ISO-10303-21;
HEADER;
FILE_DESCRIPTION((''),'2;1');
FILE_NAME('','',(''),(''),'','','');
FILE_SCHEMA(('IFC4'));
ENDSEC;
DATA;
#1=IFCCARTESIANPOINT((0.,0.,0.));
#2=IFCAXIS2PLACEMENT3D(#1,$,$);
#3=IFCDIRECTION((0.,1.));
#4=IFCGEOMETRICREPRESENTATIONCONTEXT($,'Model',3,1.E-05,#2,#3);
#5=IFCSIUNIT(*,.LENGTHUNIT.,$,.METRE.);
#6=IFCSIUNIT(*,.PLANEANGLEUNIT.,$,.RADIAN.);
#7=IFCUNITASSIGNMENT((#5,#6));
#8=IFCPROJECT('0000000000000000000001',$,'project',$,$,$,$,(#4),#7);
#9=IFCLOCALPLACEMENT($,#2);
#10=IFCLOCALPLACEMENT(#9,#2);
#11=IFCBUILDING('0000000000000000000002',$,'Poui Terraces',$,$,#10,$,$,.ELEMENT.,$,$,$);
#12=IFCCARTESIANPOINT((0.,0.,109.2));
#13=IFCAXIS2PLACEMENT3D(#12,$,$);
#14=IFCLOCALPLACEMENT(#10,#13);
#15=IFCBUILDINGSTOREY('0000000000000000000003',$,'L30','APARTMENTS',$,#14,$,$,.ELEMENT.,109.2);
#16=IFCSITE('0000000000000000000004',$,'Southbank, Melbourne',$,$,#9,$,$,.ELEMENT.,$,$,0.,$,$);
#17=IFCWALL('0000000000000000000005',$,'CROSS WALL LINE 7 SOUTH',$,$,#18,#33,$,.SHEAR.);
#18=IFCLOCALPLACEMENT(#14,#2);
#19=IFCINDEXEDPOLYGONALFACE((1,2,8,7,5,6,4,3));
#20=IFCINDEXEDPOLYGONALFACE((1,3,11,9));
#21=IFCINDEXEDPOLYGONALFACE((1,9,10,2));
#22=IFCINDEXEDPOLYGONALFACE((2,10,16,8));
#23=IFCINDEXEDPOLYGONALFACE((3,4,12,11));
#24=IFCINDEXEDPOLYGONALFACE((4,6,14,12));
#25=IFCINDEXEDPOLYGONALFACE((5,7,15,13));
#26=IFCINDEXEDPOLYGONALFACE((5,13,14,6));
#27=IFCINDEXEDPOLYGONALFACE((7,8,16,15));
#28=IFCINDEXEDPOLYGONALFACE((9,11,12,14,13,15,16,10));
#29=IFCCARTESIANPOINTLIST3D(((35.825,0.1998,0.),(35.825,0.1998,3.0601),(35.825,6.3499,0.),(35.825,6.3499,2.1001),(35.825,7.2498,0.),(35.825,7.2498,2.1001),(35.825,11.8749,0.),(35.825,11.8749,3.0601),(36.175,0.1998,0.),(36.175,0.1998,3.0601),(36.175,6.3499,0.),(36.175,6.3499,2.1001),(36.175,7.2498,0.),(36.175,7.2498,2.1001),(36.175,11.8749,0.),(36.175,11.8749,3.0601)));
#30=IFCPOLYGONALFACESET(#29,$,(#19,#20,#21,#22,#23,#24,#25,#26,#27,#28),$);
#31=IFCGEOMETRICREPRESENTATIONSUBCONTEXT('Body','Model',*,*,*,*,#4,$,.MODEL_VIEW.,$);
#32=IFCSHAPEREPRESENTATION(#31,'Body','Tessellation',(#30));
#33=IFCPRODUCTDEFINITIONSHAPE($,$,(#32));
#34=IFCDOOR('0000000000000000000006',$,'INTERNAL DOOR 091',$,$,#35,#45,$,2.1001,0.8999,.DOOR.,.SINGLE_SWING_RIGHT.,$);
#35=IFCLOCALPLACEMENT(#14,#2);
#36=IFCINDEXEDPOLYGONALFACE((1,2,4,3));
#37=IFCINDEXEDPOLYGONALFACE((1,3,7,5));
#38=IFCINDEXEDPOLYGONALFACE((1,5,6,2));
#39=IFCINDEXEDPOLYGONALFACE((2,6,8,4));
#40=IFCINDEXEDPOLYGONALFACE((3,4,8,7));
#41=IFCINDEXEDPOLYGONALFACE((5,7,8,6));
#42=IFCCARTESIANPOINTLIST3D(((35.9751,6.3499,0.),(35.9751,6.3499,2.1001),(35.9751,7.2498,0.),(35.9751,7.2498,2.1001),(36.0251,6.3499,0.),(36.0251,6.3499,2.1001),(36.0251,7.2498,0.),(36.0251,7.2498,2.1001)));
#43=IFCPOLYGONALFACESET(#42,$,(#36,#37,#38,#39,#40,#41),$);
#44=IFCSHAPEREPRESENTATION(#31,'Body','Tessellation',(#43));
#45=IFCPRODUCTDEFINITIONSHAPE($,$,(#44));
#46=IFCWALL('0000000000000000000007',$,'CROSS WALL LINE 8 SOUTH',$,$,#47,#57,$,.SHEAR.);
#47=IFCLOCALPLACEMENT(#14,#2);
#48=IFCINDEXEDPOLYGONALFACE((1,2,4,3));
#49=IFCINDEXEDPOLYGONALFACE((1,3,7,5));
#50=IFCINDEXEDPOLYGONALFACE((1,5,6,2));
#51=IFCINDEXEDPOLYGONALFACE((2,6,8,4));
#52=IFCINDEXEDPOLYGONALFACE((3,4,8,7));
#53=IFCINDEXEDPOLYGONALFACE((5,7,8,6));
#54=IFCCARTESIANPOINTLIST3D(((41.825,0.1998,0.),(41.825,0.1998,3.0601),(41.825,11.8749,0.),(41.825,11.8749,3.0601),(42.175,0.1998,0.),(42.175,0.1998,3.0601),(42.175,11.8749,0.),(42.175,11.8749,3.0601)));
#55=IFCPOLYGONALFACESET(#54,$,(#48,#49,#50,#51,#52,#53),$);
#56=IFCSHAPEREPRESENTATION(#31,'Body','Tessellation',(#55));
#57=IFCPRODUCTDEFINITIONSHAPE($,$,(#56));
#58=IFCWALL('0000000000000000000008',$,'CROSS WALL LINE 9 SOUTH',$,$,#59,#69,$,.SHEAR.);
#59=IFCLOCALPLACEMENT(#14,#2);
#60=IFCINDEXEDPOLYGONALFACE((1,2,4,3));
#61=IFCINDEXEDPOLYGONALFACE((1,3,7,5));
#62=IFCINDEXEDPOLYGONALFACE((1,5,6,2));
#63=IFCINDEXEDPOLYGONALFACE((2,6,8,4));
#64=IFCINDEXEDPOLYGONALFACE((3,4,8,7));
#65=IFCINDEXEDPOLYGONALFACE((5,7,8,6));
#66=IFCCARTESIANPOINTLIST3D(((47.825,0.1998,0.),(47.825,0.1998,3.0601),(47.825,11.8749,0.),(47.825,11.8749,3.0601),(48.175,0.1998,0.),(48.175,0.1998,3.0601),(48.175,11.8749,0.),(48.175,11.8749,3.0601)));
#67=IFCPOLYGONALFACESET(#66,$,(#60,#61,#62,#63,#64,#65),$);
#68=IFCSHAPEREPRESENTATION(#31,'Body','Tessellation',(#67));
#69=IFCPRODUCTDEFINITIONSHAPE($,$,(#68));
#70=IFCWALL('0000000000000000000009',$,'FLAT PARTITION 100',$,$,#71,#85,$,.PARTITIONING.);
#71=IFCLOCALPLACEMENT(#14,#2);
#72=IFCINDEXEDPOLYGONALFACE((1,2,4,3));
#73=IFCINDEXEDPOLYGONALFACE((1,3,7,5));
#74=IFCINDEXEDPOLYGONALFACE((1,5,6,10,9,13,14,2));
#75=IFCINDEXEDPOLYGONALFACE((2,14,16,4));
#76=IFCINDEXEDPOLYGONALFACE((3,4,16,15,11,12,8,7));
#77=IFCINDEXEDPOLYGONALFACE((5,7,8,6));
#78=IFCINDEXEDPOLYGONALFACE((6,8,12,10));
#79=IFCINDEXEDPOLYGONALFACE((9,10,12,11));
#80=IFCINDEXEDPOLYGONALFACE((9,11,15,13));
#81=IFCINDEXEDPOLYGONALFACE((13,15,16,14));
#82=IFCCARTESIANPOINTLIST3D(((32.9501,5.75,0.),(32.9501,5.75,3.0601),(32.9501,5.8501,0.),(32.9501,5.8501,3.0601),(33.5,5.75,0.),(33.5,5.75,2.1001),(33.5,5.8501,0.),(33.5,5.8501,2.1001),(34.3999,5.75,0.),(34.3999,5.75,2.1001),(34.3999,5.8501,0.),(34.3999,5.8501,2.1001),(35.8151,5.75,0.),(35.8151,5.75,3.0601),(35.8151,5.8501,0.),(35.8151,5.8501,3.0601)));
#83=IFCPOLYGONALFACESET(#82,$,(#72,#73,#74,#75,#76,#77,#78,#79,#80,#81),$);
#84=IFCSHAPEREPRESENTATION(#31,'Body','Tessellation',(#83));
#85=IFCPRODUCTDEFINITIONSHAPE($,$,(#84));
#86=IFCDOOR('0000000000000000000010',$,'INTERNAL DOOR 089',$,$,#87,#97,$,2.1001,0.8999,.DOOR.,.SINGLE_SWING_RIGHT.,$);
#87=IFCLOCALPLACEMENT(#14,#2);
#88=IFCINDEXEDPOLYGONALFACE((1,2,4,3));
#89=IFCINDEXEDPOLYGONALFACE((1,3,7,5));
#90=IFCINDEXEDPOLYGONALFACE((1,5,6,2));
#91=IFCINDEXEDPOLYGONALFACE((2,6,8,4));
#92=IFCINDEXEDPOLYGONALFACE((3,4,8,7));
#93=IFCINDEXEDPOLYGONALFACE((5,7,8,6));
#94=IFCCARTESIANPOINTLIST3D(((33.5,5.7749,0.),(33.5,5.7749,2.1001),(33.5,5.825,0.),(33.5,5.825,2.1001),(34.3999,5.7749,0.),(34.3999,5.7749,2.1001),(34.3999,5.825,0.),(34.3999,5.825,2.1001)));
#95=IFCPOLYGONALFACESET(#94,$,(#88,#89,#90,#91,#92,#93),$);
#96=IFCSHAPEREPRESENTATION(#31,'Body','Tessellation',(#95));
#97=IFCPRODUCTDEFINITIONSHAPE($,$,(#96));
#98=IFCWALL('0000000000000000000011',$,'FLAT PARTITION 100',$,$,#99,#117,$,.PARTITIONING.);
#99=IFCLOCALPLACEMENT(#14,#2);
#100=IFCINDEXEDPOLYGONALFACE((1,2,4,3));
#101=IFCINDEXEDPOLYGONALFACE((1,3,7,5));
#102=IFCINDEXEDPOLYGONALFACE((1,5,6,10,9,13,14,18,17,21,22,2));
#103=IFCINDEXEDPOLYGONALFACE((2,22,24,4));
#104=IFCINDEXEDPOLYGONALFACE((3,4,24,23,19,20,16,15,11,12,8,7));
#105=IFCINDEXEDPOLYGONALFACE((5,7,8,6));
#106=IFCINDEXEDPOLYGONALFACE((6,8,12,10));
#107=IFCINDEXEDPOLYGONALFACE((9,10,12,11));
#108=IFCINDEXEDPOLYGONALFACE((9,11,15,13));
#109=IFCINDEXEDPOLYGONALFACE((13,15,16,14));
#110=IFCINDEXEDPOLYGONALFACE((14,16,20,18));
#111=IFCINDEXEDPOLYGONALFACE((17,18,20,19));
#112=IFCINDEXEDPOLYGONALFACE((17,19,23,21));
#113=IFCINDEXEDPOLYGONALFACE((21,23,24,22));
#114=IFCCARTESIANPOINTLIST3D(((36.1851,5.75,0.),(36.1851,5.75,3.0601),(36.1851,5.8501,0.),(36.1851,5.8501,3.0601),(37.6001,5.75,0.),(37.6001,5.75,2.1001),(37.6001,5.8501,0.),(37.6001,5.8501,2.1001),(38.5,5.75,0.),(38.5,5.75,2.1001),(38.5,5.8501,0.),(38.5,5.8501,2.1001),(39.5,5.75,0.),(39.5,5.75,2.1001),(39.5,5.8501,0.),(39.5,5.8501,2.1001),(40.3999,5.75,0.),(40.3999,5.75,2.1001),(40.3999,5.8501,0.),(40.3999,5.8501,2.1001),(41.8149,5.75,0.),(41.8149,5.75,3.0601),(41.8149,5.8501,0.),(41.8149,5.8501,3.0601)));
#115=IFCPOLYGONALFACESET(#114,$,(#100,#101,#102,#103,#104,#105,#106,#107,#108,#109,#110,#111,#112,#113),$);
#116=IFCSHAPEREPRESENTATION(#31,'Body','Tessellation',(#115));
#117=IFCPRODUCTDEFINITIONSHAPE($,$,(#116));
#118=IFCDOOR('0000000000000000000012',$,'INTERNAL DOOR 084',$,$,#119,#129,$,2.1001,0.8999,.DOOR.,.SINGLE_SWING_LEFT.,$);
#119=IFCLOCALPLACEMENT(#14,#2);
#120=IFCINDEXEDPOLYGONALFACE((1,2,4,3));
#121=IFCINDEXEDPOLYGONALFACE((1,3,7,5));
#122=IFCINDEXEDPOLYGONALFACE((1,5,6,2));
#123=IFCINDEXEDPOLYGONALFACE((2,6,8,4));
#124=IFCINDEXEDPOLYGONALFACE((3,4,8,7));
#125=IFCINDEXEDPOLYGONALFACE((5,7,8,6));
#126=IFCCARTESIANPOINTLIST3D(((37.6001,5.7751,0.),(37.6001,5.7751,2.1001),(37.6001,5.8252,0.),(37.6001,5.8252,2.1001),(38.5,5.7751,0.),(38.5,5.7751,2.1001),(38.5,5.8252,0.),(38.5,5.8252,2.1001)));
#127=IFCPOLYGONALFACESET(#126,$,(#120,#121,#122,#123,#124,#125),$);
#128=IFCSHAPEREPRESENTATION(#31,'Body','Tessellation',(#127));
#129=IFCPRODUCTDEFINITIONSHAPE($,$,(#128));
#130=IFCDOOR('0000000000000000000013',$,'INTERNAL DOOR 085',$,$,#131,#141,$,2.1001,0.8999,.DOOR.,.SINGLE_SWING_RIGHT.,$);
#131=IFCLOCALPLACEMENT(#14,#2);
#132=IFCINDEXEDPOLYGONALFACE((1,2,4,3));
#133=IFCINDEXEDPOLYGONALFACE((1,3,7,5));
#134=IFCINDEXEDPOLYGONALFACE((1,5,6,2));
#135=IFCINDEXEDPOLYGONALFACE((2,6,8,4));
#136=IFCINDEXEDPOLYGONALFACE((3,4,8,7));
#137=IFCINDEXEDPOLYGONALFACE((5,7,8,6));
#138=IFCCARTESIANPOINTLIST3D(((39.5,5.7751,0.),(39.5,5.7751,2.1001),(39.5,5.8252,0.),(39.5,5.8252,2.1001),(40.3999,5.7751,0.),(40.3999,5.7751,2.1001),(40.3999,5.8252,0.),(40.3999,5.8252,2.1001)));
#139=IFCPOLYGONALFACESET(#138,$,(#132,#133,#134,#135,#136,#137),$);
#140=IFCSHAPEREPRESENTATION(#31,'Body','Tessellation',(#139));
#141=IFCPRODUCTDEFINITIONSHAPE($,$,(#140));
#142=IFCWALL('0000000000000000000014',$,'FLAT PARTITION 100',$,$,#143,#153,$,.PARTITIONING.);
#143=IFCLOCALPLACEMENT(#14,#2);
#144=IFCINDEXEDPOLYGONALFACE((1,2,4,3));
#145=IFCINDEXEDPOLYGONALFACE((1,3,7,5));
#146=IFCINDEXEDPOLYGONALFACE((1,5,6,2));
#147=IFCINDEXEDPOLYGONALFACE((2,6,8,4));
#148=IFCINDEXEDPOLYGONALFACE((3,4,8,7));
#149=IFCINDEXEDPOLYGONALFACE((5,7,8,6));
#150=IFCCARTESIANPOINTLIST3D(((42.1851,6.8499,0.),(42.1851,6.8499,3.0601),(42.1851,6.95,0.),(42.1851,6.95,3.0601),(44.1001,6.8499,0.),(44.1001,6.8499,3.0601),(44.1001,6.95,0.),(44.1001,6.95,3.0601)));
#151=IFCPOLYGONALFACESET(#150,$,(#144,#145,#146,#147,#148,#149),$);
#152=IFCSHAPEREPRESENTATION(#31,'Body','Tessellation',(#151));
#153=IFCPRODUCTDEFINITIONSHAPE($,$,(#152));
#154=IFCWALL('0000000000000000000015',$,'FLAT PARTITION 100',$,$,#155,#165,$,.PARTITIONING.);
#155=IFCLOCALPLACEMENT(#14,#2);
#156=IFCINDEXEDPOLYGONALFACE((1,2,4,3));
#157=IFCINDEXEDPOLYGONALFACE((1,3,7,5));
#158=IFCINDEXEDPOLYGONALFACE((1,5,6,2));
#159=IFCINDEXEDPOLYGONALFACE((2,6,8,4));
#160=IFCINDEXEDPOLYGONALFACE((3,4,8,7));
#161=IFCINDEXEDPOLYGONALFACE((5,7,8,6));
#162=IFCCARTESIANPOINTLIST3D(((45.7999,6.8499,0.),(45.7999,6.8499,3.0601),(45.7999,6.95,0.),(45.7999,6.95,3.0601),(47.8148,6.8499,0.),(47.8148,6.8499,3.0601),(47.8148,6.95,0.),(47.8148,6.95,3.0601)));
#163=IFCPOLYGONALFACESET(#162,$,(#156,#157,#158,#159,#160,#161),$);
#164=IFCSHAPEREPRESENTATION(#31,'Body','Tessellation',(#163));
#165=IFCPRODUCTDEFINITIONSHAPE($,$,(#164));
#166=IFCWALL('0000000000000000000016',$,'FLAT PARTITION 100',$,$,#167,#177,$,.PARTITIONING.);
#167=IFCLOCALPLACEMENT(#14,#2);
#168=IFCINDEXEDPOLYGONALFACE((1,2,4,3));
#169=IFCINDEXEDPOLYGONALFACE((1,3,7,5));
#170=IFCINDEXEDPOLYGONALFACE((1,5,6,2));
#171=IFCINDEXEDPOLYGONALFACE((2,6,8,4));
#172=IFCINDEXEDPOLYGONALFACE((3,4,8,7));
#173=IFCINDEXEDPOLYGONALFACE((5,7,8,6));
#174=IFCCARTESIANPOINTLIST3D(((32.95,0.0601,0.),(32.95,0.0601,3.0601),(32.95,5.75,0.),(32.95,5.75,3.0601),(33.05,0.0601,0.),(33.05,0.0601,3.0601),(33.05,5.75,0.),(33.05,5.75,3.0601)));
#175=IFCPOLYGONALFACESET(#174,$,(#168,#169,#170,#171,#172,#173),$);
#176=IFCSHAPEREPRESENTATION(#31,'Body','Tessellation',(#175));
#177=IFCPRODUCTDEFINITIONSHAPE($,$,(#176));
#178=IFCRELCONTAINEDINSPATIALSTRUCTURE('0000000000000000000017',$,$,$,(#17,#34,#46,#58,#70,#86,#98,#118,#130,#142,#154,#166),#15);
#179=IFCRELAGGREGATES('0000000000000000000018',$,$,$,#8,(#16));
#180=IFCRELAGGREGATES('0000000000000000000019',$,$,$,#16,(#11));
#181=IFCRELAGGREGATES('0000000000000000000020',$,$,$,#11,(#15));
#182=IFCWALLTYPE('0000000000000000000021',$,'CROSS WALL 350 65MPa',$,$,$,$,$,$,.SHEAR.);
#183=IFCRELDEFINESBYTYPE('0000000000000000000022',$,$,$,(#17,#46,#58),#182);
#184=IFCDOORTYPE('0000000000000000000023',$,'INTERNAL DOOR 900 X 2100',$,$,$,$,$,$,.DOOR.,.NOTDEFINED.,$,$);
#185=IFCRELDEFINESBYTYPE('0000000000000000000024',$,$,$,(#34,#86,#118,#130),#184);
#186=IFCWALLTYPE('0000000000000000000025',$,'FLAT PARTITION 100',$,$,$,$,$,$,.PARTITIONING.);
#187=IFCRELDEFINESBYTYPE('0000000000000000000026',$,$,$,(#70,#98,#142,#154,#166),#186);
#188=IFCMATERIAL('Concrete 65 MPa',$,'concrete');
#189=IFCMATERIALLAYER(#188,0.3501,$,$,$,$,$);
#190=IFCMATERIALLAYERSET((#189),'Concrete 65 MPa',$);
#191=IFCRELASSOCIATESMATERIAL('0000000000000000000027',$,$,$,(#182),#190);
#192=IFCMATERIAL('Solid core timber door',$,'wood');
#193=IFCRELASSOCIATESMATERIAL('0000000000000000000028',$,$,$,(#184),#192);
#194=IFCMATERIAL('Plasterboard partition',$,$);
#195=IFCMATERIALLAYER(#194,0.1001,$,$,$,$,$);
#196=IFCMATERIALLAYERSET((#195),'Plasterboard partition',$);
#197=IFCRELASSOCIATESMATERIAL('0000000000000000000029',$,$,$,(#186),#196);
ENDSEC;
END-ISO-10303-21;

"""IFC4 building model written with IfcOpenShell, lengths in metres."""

from ifc_helpers import new_model, si_unit, direction, frame, frame_2d, origin, place, context, subcontext, project, spatial, rectangle, extrude, material, layer, layer_set, type_object, element, fill, save


model = new_model("IFC4")

# Units and contexts
model_context = context("Model", 3, precision=1e-05, world=origin(), true_north=direction((0.0, 1.0)))
body_context = subcontext(model_context, "Body", "Model", "MODEL_VIEW")
ifc_project = project(units=[si_unit("LENGTHUNIT", "METRE"), si_unit("PLANEANGLEUNIT", "RADIAN")], contexts=[model_context])

# Site, building, storey
site_placement = place(None, origin())
site = spatial("IfcSite", under=ifc_project, at=site_placement, Name="Southbank, Melbourne", CompositionType="ELEMENT", RefElevation=0.0)
building_placement = place(site_placement, origin())
building = spatial("IfcBuilding", under=site, at=building_placement, Name="Poui Terraces", CompositionType="ELEMENT")
storey_placement = place(building_placement, frame((0.0, 0.0, 109.2)))
storey = spatial("IfcBuildingStorey", under=building, at=storey_placement, Name="L30", Description="APARTMENTS", CompositionType="ELEMENT", Elevation=109.2)

# Wall, opening, door
ifc_material_1 = material(Name="Concrete 65 MPa", Category="concrete")
ifc_layer_1 = layer(ifc_material_1, 0.3501)
ifc_layer_set_1 = layer_set([ifc_layer_1], Name="Concrete 65 MPa")
wall_type_1 = type_object("IfcWallType", Name="CROSS WALL 350 65MPa", PredefinedType="SHEAR", material=ifc_layer_set_1)
wall_1_placement = place(storey_placement, frame((36.0, 0.2, 0.0), z_axis=(0.0, 0.0, 1.0), x_axis=(0.0, 1.0, 0.0)))
wall_1 = element("IfcWall", 1, at=wall_1_placement, inside=storey, type_object=wall_type_1, Name="CROSS WALL LINE 7 SOUTH", PredefinedType="SHEAR", context=body_context, shape_type="SweptSolid", body=[
    extrude(rectangle(XDim=11.675, YDim=0.3501, at=frame_2d((5.8374, 0.0))), origin(), (0.0, 0.0, 1.0), 3.0601),
])
opening_1_placement = place(wall_1_placement, frame((6.1499, 0.0, 0.0)))
opening_1 = element("IfcOpeningElement", 2, at=opening_1_placement, cuts=wall_1, PredefinedType="OPENING", context=body_context, shape_type="SweptSolid", body=[
    extrude(rectangle(XDim=0.8999, YDim=2.1001, at=frame_2d((0.45, 1.05))), frame((0.0, 0.1851, 0.0), z_axis=(0.0, -1.0, 0.0), x_axis=(1.0, 0.0, 0.0)), (0.0, 0.0, 1.0), 0.3701),
])
ifc_material_2 = material(Name="Solid core timber door", Category="wood")
door_type_1 = type_object("IfcDoorType", Name="INTERNAL DOOR 900 X 2100", OperationType="NOTDEFINED", PredefinedType="DOOR", material=ifc_material_2)
door_1_placement = place(opening_1_placement, origin())
door_1 = element("IfcDoor", 3, at=door_1_placement, inside=storey, type_object=door_type_1, Name="INTERNAL DOOR 091", OperationType="SINGLE_SWING_RIGHT", OverallHeight=2.1001, OverallWidth=0.8999, PredefinedType="DOOR", context=body_context, shape_type="SweptSolid", body=[
    extrude(rectangle(XDim=0.8999, YDim=2.1001, at=frame_2d((0.45, 1.05))), frame((0.0, 0.0249, 0.0), z_axis=(0.0, -1.0, 0.0), x_axis=(1.0, 0.0, 0.0)), (0.0, 0.0, 1.0), 0.05),
])
fill(opening_1, door_1)

# Walls
for number, where, z_axis, x_axis, name in (
    (4, (42.0, 0.2, 0.0), (0.0, 0.0, 1.0), (0.0, 1.0, 0.0), "CROSS WALL LINE 8 SOUTH"),
    (5, (48.0, 0.2, 0.0), (0.0, 0.0, 1.0), (0.0, 1.0, 0.0), "CROSS WALL LINE 9 SOUTH"),
):
    element("IfcWall", number, at=place(storey_placement, frame(where, z_axis=z_axis, x_axis=x_axis)), inside=storey, type_object=wall_type_1, Name=name, PredefinedType="SHEAR", context=body_context, shape_type="SweptSolid", body=[
        extrude(rectangle(XDim=11.675, YDim=0.3501, at=frame_2d((5.8374, 0.0))), origin(), (0.0, 0.0, 1.0), 3.0601),
    ])

# Wall, opening, door
ifc_material_3 = material(Name="Plasterboard partition")
ifc_layer_2 = layer(ifc_material_3, 0.1001)
ifc_layer_set_2 = layer_set([ifc_layer_2], Name="Plasterboard partition")
wall_type_2 = type_object("IfcWallType", Name="FLAT PARTITION 100", PredefinedType="PARTITIONING", material=ifc_layer_set_2)
wall_2_placement = place(storey_placement, frame((32.95, 5.8, 0.0), z_axis=(0.0, 0.0, 1.0), x_axis=(1.0, 0.0, 0.0)))
wall_2 = element("IfcWall", 6, at=wall_2_placement, inside=storey, type_object=wall_type_2, Name="FLAT PARTITION 100", PredefinedType="PARTITIONING", context=body_context, shape_type="SweptSolid", body=[
    extrude(rectangle(XDim=2.865, YDim=0.1001, at=frame_2d((1.4326, 0.0))), origin(), (0.0, 0.0, 1.0), 3.0601),
])
opening_2_placement = place(wall_2_placement, frame((0.55, 0.0, 0.0)))
opening_2 = element("IfcOpeningElement", 7, at=opening_2_placement, cuts=wall_2, PredefinedType="OPENING", context=body_context, shape_type="SweptSolid", body=[
    extrude(rectangle(XDim=0.8999, YDim=2.1001, at=frame_2d((0.45, 1.05))), frame((0.0, 0.0601, 0.0), z_axis=(0.0, -1.0, 0.0), x_axis=(1.0, 0.0, 0.0)), (0.0, 0.0, 1.0), 0.1201),
])
door_2_placement = place(opening_2_placement, origin())
door_2 = element("IfcDoor", 8, at=door_2_placement, inside=storey, type_object=door_type_1, Name="INTERNAL DOOR 089", OperationType="SINGLE_SWING_RIGHT", OverallHeight=2.1001, OverallWidth=0.8999, PredefinedType="DOOR", context=body_context, shape_type="SweptSolid", body=[
    extrude(rectangle(XDim=0.8999, YDim=2.1001, at=frame_2d((0.45, 1.05))), frame((0.0, 0.0249, 0.0), z_axis=(0.0, -1.0, 0.0), x_axis=(1.0, 0.0, 0.0)), (0.0, 0.0, 1.0), 0.05),
])
fill(opening_2, door_2)

# Wall, openings, doors
wall_3_placement = place(storey_placement, frame((36.1851, 5.8, 0.0), z_axis=(0.0, 0.0, 1.0), x_axis=(1.0, 0.0, 0.0)))
wall_3 = element("IfcWall", 9, at=wall_3_placement, inside=storey, type_object=wall_type_2, Name="FLAT PARTITION 100", PredefinedType="PARTITIONING", context=body_context, shape_type="SweptSolid", body=[
    extrude(rectangle(XDim=5.6299, YDim=0.1001, at=frame_2d((2.8149, 0.0))), origin(), (0.0, 0.0, 1.0), 3.0601),
])
opening_3_placement = place(wall_3_placement, frame((1.415, 0.0, 0.0)))
opening_3 = element("IfcOpeningElement", 10, at=opening_3_placement, cuts=wall_3, PredefinedType="OPENING", context=body_context, shape_type="SweptSolid", body=[
    extrude(rectangle(XDim=0.8999, YDim=2.1001, at=frame_2d((0.45, 1.05))), frame((0.0, 0.0601, 0.0), z_axis=(0.0, -1.0, 0.0), x_axis=(1.0, 0.0, 0.0)), (0.0, 0.0, 1.0), 0.1201),
])
opening_4_placement = place(wall_3_placement, frame((3.3149, 0.0, 0.0)))
opening_4 = element("IfcOpeningElement", 11, at=opening_4_placement, cuts=wall_3, PredefinedType="OPENING", context=body_context, shape_type="SweptSolid", body=[
    extrude(rectangle(XDim=0.8999, YDim=2.1001, at=frame_2d((0.45, 1.05))), frame((0.0, 0.0601, 0.0), z_axis=(0.0, -1.0, 0.0), x_axis=(1.0, 0.0, 0.0)), (0.0, 0.0, 1.0), 0.1201),
])
door_3_placement = place(opening_3_placement, frame((0.8999, 0.0, 0.0), z_axis=(0.0, 0.0, 1.0), x_axis=(-1.0, 0.0, 0.0)))
door_3 = element("IfcDoor", 12, at=door_3_placement, inside=storey, type_object=door_type_1, Name="INTERNAL DOOR 084", OperationType="SINGLE_SWING_LEFT", OverallHeight=2.1001, OverallWidth=0.8999, PredefinedType="DOOR", context=body_context, shape_type="SweptSolid", body=[
    extrude(rectangle(XDim=0.8999, YDim=2.1001, at=frame_2d((0.45, 1.05))), frame((0.0, 0.0249, 0.0), z_axis=(0.0, -1.0, 0.0), x_axis=(1.0, 0.0, 0.0)), (0.0, 0.0, 1.0), 0.05),
])
fill(opening_3, door_3)
door_4_placement = place(opening_4_placement, frame((0.8999, 0.0, 0.0), z_axis=(0.0, 0.0, 1.0), x_axis=(-1.0, 0.0, 0.0)))
door_4 = element("IfcDoor", 13, at=door_4_placement, inside=storey, type_object=door_type_1, Name="INTERNAL DOOR 085", OperationType="SINGLE_SWING_RIGHT", OverallHeight=2.1001, OverallWidth=0.8999, PredefinedType="DOOR", context=body_context, shape_type="SweptSolid", body=[
    extrude(rectangle(XDim=0.8999, YDim=2.1001, at=frame_2d((0.45, 1.05))), frame((0.0, 0.0249, 0.0), z_axis=(0.0, -1.0, 0.0), x_axis=(1.0, 0.0, 0.0)), (0.0, 0.0, 1.0), 0.05),
])
fill(opening_4, door_4)

# Walls
wall_4_placement = place(storey_placement, frame((42.1851, 6.8999, 0.0), z_axis=(0.0, 0.0, 1.0), x_axis=(1.0, 0.0, 0.0)))
element("IfcWall", 14, at=wall_4_placement, inside=storey, type_object=wall_type_2, Name="FLAT PARTITION 100", PredefinedType="PARTITIONING", context=body_context, shape_type="SweptSolid", body=[
    extrude(rectangle(XDim=1.915, YDim=0.1001, at=frame_2d((0.9575, 0.0))), origin(), (0.0, 0.0, 1.0), 3.0601),
])
wall_5_placement = place(storey_placement, frame((45.8, 6.8999, 0.0), z_axis=(0.0, 0.0, 1.0), x_axis=(1.0, 0.0, 0.0)))
element("IfcWall", 15, at=wall_5_placement, inside=storey, type_object=wall_type_2, Name="FLAT PARTITION 100", PredefinedType="PARTITIONING", context=body_context, shape_type="SweptSolid", body=[
    extrude(rectangle(XDim=2.0149, YDim=0.1001, at=frame_2d((1.0073, 0.0))), origin(), (0.0, 0.0, 1.0), 3.0601),
])
for number, where, z_axis, x_axis, name in (
    (16, (33.0, 0.0601, 0.0), (0.0, 0.0, 1.0), (0.0, 1.0, 0.0), "FLAT PARTITION 100"),
):
    element("IfcWall", number, at=place(storey_placement, frame(where, z_axis=z_axis, x_axis=x_axis)), inside=storey, type_object=wall_type_2, Name=name, PredefinedType="PARTITIONING", context=body_context, shape_type="SweptSolid", body=[
        extrude(rectangle(XDim=5.6899, YDim=0.1001, at=frame_2d((2.845, 0.0))), origin(), (0.0, 0.0, 1.0), 3.0601),
    ])

save(model, "model.ifc")
